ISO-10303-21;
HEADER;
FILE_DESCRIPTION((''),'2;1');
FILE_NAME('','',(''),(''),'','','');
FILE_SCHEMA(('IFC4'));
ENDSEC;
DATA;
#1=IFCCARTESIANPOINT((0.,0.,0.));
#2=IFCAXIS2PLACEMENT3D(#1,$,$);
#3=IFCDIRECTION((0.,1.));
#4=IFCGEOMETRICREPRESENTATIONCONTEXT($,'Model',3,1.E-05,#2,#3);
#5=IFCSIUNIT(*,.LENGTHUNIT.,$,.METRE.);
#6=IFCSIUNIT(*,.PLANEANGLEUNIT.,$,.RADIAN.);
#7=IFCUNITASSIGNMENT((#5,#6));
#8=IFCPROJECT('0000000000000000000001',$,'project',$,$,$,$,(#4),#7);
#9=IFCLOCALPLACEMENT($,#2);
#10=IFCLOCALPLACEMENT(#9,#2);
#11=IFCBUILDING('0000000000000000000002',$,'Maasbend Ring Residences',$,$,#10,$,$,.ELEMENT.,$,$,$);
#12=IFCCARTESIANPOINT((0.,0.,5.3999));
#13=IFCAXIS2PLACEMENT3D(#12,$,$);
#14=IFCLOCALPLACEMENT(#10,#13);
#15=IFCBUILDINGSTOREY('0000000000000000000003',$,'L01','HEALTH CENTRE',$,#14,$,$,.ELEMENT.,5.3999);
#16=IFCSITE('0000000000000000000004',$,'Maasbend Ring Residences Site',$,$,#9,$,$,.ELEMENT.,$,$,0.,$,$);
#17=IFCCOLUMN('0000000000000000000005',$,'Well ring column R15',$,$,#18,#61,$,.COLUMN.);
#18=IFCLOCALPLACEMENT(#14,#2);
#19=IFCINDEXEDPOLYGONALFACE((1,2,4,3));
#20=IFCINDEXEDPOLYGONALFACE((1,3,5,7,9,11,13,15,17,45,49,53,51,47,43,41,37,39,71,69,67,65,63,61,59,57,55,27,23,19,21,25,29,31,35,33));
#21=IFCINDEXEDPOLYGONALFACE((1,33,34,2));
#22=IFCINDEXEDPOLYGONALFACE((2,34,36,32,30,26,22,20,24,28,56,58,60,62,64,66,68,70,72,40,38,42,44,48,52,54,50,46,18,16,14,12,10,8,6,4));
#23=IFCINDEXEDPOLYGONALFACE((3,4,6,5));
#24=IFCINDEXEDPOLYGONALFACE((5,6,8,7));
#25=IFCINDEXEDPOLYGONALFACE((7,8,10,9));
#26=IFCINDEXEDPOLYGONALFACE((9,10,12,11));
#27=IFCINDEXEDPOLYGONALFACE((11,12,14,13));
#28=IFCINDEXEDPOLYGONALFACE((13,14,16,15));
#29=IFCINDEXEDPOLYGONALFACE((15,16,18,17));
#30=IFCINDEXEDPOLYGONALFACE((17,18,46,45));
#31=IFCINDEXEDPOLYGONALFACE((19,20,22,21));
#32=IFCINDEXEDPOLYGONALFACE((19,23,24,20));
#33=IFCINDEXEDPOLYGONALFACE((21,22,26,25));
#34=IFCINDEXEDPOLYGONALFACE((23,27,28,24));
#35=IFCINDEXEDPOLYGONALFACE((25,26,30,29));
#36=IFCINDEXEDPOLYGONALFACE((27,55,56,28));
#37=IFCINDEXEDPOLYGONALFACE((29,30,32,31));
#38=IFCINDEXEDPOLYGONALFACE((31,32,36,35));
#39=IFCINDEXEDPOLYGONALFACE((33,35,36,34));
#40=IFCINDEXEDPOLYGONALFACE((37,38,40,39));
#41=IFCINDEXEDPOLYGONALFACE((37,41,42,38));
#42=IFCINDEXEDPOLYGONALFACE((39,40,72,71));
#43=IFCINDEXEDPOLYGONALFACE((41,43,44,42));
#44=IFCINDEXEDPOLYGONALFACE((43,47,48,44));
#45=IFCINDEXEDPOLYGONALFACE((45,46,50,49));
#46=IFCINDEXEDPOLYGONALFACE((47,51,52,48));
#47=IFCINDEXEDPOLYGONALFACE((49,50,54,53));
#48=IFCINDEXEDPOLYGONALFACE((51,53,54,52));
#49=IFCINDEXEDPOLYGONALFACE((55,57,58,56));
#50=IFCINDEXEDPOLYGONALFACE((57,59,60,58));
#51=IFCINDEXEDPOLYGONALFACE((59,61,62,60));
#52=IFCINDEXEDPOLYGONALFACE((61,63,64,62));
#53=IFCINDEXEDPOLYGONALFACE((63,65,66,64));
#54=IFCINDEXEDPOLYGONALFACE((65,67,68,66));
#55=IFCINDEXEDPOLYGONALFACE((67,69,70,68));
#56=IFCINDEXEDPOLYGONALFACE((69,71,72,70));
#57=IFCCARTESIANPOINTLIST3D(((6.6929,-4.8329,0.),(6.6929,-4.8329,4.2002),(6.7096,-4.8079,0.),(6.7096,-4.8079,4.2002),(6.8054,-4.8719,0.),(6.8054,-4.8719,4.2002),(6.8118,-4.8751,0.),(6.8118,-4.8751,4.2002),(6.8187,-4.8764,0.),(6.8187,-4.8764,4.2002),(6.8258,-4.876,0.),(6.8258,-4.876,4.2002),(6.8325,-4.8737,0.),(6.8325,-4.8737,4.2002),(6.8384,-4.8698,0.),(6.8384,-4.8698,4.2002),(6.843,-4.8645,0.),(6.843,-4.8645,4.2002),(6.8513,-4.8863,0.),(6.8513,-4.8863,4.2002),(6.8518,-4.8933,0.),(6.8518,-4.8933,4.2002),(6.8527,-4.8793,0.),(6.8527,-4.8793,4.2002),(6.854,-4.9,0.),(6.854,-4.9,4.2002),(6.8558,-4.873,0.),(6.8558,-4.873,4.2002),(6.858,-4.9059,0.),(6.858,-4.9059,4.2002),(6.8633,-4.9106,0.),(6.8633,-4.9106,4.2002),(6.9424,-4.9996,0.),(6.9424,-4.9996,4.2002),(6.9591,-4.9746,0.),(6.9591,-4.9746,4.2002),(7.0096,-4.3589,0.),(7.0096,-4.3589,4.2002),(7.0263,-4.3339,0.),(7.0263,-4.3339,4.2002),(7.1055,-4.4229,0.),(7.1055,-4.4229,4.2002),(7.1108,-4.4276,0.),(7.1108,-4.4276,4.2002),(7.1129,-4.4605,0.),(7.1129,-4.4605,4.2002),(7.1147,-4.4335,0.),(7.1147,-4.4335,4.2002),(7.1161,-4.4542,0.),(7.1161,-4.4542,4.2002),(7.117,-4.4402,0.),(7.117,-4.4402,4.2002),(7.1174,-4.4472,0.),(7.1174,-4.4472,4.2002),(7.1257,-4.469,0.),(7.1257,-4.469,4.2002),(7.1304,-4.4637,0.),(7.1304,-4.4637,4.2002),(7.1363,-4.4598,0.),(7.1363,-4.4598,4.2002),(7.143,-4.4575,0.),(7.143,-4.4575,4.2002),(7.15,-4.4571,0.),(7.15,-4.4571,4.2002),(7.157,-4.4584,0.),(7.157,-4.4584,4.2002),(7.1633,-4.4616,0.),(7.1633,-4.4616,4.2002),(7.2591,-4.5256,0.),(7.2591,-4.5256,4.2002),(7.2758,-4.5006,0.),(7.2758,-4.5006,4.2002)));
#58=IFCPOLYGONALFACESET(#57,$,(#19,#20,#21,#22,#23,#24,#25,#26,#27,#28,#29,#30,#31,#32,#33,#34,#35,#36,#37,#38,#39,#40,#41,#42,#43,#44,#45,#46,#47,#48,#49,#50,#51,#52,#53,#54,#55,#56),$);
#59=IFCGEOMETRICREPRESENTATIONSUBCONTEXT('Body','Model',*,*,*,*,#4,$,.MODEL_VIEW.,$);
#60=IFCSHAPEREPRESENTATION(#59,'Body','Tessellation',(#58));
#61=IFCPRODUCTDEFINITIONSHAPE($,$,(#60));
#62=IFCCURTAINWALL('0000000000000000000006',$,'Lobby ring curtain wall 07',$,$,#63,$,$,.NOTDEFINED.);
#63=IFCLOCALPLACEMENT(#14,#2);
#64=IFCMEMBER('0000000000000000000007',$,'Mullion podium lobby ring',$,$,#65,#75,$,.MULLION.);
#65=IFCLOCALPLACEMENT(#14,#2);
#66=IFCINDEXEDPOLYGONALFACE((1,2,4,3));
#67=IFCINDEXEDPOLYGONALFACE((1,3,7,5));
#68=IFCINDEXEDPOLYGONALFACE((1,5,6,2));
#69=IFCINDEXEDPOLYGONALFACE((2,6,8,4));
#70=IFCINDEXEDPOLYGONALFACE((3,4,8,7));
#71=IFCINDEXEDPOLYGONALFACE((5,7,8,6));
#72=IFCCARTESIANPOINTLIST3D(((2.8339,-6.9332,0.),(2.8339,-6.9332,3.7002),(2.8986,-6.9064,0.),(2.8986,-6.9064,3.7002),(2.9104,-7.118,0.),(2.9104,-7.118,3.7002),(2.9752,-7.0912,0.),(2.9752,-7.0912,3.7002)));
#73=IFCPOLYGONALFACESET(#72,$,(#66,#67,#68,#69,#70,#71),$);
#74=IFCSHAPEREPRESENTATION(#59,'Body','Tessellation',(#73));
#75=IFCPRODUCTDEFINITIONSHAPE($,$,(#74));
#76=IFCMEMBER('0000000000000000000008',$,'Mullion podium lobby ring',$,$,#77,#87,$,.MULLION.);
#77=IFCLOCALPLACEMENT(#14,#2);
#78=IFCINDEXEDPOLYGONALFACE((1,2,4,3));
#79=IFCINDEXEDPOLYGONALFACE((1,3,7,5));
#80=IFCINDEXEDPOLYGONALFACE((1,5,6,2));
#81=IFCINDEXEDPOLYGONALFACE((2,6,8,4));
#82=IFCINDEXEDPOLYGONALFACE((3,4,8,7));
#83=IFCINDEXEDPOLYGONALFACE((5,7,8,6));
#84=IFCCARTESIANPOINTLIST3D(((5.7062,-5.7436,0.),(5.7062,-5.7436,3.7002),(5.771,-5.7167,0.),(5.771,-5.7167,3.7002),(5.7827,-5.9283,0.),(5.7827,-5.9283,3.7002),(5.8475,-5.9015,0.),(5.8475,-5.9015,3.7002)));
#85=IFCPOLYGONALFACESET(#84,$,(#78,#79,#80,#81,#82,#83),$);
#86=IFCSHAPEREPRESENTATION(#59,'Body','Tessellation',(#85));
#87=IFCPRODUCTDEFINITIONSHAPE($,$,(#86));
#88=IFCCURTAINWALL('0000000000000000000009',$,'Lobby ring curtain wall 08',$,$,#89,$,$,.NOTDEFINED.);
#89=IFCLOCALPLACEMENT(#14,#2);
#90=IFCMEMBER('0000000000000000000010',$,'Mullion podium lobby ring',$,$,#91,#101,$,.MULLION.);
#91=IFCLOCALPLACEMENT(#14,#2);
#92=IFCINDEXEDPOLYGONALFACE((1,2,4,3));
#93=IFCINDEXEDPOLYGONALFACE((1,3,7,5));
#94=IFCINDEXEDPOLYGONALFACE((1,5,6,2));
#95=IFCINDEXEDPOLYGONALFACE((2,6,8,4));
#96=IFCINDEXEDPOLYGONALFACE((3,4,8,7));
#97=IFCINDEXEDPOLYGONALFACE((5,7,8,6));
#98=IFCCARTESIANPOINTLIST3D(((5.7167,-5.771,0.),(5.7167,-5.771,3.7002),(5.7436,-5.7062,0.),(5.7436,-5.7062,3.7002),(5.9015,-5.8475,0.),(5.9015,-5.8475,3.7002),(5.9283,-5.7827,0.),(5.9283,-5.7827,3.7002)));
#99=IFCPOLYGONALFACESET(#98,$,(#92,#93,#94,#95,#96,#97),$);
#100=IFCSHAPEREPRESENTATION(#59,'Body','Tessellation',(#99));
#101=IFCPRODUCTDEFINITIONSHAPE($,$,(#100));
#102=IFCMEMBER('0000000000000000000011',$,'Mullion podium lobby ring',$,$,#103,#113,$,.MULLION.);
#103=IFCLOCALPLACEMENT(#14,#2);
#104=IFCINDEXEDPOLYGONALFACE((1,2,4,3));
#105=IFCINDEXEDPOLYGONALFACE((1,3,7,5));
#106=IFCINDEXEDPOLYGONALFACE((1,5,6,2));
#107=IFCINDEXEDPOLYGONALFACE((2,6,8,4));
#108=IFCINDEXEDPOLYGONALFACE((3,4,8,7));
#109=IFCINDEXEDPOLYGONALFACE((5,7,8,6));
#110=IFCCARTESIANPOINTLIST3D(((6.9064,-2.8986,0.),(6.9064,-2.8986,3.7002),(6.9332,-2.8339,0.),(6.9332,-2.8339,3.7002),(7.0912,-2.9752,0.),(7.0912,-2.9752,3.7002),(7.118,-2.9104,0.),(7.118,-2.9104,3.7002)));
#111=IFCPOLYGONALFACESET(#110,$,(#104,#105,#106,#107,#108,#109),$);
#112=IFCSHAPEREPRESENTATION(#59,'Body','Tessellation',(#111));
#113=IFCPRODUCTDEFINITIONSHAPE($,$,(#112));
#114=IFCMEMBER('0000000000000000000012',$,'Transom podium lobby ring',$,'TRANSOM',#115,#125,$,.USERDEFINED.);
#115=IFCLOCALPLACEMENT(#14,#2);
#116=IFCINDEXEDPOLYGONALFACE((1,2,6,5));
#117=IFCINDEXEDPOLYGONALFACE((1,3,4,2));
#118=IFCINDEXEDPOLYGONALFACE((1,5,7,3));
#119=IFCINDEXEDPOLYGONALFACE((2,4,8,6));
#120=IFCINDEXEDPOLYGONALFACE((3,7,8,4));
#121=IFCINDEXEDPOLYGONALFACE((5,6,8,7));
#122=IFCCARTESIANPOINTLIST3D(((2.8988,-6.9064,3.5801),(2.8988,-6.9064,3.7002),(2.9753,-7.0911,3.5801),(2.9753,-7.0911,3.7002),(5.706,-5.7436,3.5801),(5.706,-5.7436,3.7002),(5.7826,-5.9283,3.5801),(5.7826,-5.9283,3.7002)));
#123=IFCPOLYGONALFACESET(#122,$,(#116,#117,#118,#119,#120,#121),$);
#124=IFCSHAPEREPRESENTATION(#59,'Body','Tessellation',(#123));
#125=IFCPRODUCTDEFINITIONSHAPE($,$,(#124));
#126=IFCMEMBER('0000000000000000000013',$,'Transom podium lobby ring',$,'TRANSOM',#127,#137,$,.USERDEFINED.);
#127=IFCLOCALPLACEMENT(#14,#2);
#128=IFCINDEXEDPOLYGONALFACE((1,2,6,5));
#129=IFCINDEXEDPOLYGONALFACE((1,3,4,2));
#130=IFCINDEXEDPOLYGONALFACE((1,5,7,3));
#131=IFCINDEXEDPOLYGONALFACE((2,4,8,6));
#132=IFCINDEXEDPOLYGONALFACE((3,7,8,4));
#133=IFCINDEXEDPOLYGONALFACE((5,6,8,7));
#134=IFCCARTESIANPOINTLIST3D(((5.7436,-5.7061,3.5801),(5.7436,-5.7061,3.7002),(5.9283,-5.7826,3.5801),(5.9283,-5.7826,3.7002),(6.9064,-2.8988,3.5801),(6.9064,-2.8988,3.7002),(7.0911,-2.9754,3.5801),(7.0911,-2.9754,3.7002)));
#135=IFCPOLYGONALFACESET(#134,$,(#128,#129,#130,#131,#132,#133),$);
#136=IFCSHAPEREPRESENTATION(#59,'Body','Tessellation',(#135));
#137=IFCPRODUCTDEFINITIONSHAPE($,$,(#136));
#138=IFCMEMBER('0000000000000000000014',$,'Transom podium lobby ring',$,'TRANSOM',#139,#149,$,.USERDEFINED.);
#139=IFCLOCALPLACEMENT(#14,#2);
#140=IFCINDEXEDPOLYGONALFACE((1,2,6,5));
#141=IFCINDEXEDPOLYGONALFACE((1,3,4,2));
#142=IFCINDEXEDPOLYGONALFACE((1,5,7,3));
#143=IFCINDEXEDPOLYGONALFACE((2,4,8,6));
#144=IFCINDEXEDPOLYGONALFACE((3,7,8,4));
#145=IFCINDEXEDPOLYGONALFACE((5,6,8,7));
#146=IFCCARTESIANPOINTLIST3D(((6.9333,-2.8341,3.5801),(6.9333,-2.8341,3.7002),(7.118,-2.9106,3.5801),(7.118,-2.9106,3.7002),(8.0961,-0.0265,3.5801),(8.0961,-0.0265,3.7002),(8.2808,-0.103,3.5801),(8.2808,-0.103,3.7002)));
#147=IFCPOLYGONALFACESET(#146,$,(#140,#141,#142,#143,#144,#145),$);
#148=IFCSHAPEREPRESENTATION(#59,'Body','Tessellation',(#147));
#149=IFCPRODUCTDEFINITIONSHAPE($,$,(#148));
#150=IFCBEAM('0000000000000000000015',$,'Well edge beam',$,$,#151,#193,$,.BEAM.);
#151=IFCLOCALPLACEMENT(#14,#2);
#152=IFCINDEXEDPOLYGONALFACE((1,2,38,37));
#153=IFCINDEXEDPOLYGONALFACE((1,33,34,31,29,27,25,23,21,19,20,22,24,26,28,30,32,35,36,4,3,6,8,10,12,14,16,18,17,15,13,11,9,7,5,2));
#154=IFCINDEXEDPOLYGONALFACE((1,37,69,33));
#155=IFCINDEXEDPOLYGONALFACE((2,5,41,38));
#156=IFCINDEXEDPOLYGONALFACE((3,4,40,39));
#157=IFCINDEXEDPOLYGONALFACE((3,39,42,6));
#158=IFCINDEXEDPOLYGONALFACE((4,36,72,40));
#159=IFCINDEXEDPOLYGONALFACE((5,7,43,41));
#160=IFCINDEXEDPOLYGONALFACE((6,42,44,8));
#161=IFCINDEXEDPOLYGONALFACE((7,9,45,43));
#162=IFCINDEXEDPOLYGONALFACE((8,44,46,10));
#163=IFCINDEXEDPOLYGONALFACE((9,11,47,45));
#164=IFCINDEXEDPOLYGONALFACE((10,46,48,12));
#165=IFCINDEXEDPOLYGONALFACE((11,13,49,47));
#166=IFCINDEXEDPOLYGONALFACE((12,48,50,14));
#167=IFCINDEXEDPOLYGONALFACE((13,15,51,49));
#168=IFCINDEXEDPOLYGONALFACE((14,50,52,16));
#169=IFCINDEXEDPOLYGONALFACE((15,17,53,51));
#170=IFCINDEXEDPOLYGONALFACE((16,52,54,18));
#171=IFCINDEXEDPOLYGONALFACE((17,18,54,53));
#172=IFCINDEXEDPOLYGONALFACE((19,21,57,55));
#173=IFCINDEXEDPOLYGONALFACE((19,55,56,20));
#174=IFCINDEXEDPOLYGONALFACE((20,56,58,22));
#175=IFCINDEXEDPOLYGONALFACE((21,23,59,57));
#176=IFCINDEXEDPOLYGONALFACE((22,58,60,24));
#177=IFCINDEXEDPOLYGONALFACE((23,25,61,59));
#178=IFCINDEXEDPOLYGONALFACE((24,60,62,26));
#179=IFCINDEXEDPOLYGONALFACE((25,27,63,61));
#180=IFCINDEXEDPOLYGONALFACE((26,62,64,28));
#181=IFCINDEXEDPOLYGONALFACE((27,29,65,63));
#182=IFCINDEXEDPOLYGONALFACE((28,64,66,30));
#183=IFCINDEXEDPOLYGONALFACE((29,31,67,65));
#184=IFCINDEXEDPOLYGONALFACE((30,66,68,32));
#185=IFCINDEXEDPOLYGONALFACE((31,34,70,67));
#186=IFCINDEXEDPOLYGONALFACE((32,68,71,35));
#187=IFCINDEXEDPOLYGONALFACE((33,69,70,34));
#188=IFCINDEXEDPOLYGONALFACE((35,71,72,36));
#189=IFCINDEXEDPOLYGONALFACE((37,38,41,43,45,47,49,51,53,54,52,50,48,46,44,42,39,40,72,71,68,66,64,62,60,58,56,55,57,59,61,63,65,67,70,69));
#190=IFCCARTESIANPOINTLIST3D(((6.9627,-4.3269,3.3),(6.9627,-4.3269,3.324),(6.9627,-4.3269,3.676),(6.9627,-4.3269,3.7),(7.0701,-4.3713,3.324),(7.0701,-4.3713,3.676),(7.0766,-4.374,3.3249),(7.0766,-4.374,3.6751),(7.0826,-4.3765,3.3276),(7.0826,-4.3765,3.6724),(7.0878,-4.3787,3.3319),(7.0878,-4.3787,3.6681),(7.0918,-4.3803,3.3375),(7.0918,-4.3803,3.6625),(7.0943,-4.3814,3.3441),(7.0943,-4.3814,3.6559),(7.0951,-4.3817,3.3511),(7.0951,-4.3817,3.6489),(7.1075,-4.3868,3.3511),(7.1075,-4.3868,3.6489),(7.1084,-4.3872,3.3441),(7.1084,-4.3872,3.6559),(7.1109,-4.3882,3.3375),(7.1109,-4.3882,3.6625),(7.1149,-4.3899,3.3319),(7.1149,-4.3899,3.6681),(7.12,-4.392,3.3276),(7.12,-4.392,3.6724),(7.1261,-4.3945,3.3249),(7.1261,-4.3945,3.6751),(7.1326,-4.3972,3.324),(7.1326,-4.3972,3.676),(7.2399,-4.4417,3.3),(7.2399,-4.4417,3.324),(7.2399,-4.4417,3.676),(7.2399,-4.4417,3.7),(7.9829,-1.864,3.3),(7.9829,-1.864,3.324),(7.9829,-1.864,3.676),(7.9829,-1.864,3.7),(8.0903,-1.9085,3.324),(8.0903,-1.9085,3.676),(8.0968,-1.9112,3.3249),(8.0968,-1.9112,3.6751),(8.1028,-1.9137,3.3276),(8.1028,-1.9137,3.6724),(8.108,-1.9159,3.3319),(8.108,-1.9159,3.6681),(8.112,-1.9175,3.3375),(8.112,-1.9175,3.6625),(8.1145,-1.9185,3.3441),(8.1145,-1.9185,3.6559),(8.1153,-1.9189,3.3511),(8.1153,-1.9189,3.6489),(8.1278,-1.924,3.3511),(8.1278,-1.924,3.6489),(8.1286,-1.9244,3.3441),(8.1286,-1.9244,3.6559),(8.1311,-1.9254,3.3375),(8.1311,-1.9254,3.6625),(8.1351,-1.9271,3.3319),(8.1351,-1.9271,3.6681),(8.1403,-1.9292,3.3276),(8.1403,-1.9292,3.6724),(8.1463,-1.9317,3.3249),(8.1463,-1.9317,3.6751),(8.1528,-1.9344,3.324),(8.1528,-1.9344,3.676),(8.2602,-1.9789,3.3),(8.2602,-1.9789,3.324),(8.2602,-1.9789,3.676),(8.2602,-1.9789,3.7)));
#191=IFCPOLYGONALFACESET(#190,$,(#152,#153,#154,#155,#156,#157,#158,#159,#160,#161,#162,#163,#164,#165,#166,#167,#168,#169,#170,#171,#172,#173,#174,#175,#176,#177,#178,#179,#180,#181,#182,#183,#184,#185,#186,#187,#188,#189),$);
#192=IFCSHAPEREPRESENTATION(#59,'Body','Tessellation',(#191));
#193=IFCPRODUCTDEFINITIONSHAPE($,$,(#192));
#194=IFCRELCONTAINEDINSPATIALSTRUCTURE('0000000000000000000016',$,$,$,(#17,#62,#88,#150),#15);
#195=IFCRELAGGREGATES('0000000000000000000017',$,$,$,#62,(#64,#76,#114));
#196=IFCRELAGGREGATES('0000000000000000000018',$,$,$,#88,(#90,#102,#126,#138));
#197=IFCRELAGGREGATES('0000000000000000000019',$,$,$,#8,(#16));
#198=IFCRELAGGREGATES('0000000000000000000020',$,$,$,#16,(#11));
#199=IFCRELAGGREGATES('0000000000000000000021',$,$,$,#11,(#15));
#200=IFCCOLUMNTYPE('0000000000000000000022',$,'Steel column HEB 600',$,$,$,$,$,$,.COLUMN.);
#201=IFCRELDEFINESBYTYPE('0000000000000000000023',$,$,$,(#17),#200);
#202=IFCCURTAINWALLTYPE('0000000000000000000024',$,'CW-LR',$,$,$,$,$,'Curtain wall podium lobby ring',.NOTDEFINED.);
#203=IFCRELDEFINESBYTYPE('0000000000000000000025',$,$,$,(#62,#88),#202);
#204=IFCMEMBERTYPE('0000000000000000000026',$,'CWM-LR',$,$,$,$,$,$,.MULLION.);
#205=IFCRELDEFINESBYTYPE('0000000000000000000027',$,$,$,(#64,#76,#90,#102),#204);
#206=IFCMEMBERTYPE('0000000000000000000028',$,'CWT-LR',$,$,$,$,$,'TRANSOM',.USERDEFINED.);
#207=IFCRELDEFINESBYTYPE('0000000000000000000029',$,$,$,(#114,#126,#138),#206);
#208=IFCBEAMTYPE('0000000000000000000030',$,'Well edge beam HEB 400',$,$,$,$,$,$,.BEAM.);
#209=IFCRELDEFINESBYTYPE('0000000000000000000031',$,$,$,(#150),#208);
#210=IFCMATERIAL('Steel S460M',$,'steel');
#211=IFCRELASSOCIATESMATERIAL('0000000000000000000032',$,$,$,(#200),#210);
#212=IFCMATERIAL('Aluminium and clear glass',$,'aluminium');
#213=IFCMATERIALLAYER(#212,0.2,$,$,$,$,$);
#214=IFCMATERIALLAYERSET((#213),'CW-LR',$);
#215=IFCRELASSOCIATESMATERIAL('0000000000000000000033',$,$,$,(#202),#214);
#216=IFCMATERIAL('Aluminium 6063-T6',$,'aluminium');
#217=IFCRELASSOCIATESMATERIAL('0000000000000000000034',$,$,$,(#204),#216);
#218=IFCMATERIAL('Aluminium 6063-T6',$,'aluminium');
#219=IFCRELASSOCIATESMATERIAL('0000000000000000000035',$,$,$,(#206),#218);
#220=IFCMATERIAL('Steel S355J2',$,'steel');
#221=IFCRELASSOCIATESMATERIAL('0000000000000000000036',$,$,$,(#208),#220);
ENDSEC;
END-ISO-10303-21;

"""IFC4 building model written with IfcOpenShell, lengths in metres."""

from ifc_helpers import new_model, si_unit, direction, frame, origin, origin_2d, place, context, subcontext, project, spatial, rectangle, i_section, extrude, material, layer, layer_set, material_profile, profile_set, type_object, element, aggregate, save


model = new_model("IFC4")

# Units and contexts
model_context = context("Model", 3, precision=1e-05, world=origin(), true_north=direction((0.0, 1.0)))
body_context = subcontext(model_context, "Body", "Model", "MODEL_VIEW")
ifc_project = project(units=[si_unit("LENGTHUNIT", "METRE"), si_unit("PLANEANGLEUNIT", "RADIAN")], contexts=[model_context])

# Site, building, storey
site_placement = place(None, origin())
site = spatial("IfcSite", under=ifc_project, at=site_placement, Name="Maasbend Ring Residences Site", CompositionType="ELEMENT", RefElevation=0.0)
building_placement = place(site_placement, origin())
building = spatial("IfcBuilding", under=site, at=building_placement, Name="Maasbend Ring Residences", CompositionType="ELEMENT")
storey_placement = place(building_placement, frame((0.0, 0.0, 5.3999)))
storey = spatial("IfcBuildingStorey", under=building, at=storey_placement, Name="L01", Description="HEALTH CENTRE", CompositionType="ELEMENT", Elevation=5.3999)

# Column
ifc_material_1 = material(Name="Steel S460M", Category="steel")
ifc_material_profile_1 = material_profile(ifc_material_1, i_section(OverallWidth=0.3, OverallDepth=0.6001, WebThickness=0.0154, FlangeThickness=0.03, FilletRadius=0.0271, at=origin_2d()), Name="HEB 600")
ifc_profile_set_1 = profile_set([ifc_material_profile_1], Name="Steel S460M")
column_type = type_object("IfcColumnType", Name="Steel column HEB 600", PredefinedType="COLUMN", material=ifc_profile_set_1)
column_placement = place(storey_placement, frame((6.9844, -4.6667, 0.0), z_axis=(0.0, 0.0, 1.0), x_axis=(0.83147, -0.55557, 0.0)))
element("IfcColumn", 1, at=column_placement, inside=storey, type_object=column_type, Name="Well ring column R15", PredefinedType="COLUMN", context=body_context, shape_type="SweptSolid", body=[
    extrude(i_section(OverallWidth=0.3, OverallDepth=0.6001, WebThickness=0.0154, FlangeThickness=0.03, FilletRadius=0.0271, at=origin_2d()), origin(), (0.0, 0.0, 1.0), 4.2002),
])

# Curtain walls, members
ifc_material_2 = material(Name="Aluminium and clear glass", Category="aluminium")
ifc_layer_1 = layer(ifc_material_2, 0.2)
ifc_layer_set_1 = layer_set([ifc_layer_1], Name="CW-LR")
curtain_wall_type = type_object("IfcCurtainWallType", Name="CW-LR", ElementType="Curtain wall podium lobby ring", PredefinedType="NOTDEFINED", material=ifc_layer_set_1)
curtain_wall_1_placement = place(storey_placement, origin())
curtain_wall_1 = element("IfcCurtainWall", 2, at=curtain_wall_1_placement, inside=storey, type_object=curtain_wall_type, Name="Lobby ring curtain wall 07", PredefinedType="NOTDEFINED")
ifc_material_3 = material(Name="Aluminium 6063-T6", Category="aluminium")
ifc_material_profile_2 = material_profile(ifc_material_3, rectangle(XDim=0.2, YDim=0.0701, at=origin_2d()), Name="AL 200x70")
ifc_profile_set_2 = profile_set([ifc_material_profile_2], Name="Aluminium 6063-T6")
member_type_1 = type_object("IfcMemberType", Name="CWM-LR", PredefinedType="MULLION", material=ifc_profile_set_2)
member_1_placement = place(storey_placement, frame((2.9045, -7.0122, 0.0), z_axis=(0.0, 0.0, 1.0), x_axis=(-0.382683, 0.92388, 0.0)))
member_1 = element("IfcMember", 3, at=member_1_placement, type_object=member_type_1, Name="Mullion podium lobby ring", PredefinedType="MULLION", context=body_context, shape_type="SweptSolid", body=[
    extrude(rectangle(XDim=0.2, YDim=0.0701, at=origin_2d()), origin(), (0.0, 0.0, 1.0), 3.7002),
])
member_2_placement = place(storey_placement, frame((5.7769, -5.8225, 0.0), z_axis=(0.0, 0.0, 1.0), x_axis=(-0.382683, 0.92388, 0.0)))
member_2 = element("IfcMember", 4, at=member_2_placement, type_object=member_type_1, Name="Mullion podium lobby ring", PredefinedType="MULLION", context=body_context, shape_type="SweptSolid", body=[
    extrude(rectangle(XDim=0.2, YDim=0.0701, at=origin_2d()), origin(), (0.0, 0.0, 1.0), 3.7002),
])
curtain_wall_2_placement = place(storey_placement, origin())
curtain_wall_2 = element("IfcCurtainWall", 5, at=curtain_wall_2_placement, inside=storey, type_object=curtain_wall_type, Name="Lobby ring curtain wall 08", PredefinedType="NOTDEFINED")
member_3_placement = place(storey_placement, frame((5.8225, -5.7769, 0.0), z_axis=(0.0, 0.0, 1.0), x_axis=(-0.92388, 0.382683, 0.0)))
member_3 = element("IfcMember", 6, at=member_3_placement, type_object=member_type_1, Name="Mullion podium lobby ring", PredefinedType="MULLION", context=body_context, shape_type="SweptSolid", body=[
    extrude(rectangle(XDim=0.2, YDim=0.0701, at=origin_2d()), origin(), (0.0, 0.0, 1.0), 3.7002),
])
member_4_placement = place(storey_placement, frame((7.0122, -2.9045, 0.0), z_axis=(0.0, 0.0, 1.0), x_axis=(-0.92388, 0.382683, 0.0)))
member_4 = element("IfcMember", 7, at=member_4_placement, type_object=member_type_1, Name="Mullion podium lobby ring", PredefinedType="MULLION", context=body_context, shape_type="SweptSolid", body=[
    extrude(rectangle(XDim=0.2, YDim=0.0701, at=origin_2d()), origin(), (0.0, 0.0, 1.0), 3.7002),
])

# Members
ifc_material_4 = material(Name="Aluminium 6063-T6", Category="aluminium")
ifc_material_profile_3 = material_profile(ifc_material_4, rectangle(XDim=0.2, YDim=0.1201, at=origin_2d()), Name="AL 200x120")
ifc_profile_set_3 = profile_set([ifc_material_profile_3], Name="Aluminium 6063-T6")
member_type_2 = type_object("IfcMemberType", Name="CWT-LR", ElementType="TRANSOM", PredefinedType="USERDEFINED", material=ifc_profile_set_3)
member_5_placement = place(storey_placement, frame((2.937, -6.9988, 3.6401), z_axis=(0.923881, 0.382681, 0.0), x_axis=(-0.382681, 0.923881, 0.0)))
member_5 = element("IfcMember", 8, at=member_5_placement, type_object=member_type_2, Name="Transom podium lobby ring", ObjectType="TRANSOM", PredefinedType="USERDEFINED", context=body_context, shape_type="SweptSolid", body=[
    extrude(rectangle(XDim=0.2, YDim=0.1201, at=origin_2d()), origin(), (0.0, 0.0, 1.0), 3.0386),
])
member_6_placement = place(storey_placement, frame((5.8359, -5.7444, 3.6401), z_axis=(0.382681, 0.923881, 0.0), x_axis=(-0.923881, 0.382681, 0.0)))
member_6 = element("IfcMember", 9, at=member_6_placement, type_object=member_type_2, Name="Transom podium lobby ring", ObjectType="TRANSOM", PredefinedType="USERDEFINED", context=body_context, shape_type="SweptSolid", body=[
    extrude(rectangle(XDim=0.2, YDim=0.1201, at=origin_2d()), origin(), (0.0, 0.0, 1.0), 3.0386),
])
member_7_placement = place(storey_placement, frame((7.0256, -2.8723, 3.6401), z_axis=(0.382652, 0.923892, 0.0), x_axis=(-0.923892, 0.382652, 0.0)))
member_7 = element("IfcMember", 10, at=member_7_placement, type_object=member_type_2, Name="Transom podium lobby ring", ObjectType="TRANSOM", PredefinedType="USERDEFINED", context=body_context, shape_type="SweptSolid", body=[
    extrude(rectangle(XDim=0.2, YDim=0.1201, at=origin_2d()), origin(), (0.0, 0.0, 1.0), 3.0388),
])

# Beam
ifc_material_5 = material(Name="Steel S355J2", Category="steel")
ifc_material_profile_4 = material_profile(ifc_material_5, i_section(OverallWidth=0.3, OverallDepth=0.3999, WebThickness=0.0134, FlangeThickness=0.0239, FilletRadius=0.0271, at=origin_2d()), Name="HEB 400")
ifc_profile_set_4 = profile_set([ifc_material_profile_4], Name="Steel S355J2")
beam_type = type_object("IfcBeamType", Name="Well edge beam HEB 400", PredefinedType="BEAM", material=ifc_profile_set_4)
beam_placement = place(storey_placement, frame((7.1013, -4.3843, 3.5), z_axis=(0.382716, 0.923866, 0.0), x_axis=(-0.923866, 0.382716, 0.0)))
element("IfcBeam", 11, at=beam_placement, inside=storey, type_object=beam_type, Name="Well edge beam", PredefinedType="BEAM", context=body_context, shape_type="SweptSolid", body=[
    extrude(i_section(OverallWidth=0.3, OverallDepth=0.3999, WebThickness=0.0134, FlangeThickness=0.0239, FilletRadius=0.0271, at=origin_2d()), origin(), (0.0, 0.0, 1.0), 2.6658),
])

aggregate(curtain_wall_1, [member_1, member_2, member_5])
aggregate(curtain_wall_2, [member_3, member_4, member_6, member_7])

save(model, "model.ifc")
